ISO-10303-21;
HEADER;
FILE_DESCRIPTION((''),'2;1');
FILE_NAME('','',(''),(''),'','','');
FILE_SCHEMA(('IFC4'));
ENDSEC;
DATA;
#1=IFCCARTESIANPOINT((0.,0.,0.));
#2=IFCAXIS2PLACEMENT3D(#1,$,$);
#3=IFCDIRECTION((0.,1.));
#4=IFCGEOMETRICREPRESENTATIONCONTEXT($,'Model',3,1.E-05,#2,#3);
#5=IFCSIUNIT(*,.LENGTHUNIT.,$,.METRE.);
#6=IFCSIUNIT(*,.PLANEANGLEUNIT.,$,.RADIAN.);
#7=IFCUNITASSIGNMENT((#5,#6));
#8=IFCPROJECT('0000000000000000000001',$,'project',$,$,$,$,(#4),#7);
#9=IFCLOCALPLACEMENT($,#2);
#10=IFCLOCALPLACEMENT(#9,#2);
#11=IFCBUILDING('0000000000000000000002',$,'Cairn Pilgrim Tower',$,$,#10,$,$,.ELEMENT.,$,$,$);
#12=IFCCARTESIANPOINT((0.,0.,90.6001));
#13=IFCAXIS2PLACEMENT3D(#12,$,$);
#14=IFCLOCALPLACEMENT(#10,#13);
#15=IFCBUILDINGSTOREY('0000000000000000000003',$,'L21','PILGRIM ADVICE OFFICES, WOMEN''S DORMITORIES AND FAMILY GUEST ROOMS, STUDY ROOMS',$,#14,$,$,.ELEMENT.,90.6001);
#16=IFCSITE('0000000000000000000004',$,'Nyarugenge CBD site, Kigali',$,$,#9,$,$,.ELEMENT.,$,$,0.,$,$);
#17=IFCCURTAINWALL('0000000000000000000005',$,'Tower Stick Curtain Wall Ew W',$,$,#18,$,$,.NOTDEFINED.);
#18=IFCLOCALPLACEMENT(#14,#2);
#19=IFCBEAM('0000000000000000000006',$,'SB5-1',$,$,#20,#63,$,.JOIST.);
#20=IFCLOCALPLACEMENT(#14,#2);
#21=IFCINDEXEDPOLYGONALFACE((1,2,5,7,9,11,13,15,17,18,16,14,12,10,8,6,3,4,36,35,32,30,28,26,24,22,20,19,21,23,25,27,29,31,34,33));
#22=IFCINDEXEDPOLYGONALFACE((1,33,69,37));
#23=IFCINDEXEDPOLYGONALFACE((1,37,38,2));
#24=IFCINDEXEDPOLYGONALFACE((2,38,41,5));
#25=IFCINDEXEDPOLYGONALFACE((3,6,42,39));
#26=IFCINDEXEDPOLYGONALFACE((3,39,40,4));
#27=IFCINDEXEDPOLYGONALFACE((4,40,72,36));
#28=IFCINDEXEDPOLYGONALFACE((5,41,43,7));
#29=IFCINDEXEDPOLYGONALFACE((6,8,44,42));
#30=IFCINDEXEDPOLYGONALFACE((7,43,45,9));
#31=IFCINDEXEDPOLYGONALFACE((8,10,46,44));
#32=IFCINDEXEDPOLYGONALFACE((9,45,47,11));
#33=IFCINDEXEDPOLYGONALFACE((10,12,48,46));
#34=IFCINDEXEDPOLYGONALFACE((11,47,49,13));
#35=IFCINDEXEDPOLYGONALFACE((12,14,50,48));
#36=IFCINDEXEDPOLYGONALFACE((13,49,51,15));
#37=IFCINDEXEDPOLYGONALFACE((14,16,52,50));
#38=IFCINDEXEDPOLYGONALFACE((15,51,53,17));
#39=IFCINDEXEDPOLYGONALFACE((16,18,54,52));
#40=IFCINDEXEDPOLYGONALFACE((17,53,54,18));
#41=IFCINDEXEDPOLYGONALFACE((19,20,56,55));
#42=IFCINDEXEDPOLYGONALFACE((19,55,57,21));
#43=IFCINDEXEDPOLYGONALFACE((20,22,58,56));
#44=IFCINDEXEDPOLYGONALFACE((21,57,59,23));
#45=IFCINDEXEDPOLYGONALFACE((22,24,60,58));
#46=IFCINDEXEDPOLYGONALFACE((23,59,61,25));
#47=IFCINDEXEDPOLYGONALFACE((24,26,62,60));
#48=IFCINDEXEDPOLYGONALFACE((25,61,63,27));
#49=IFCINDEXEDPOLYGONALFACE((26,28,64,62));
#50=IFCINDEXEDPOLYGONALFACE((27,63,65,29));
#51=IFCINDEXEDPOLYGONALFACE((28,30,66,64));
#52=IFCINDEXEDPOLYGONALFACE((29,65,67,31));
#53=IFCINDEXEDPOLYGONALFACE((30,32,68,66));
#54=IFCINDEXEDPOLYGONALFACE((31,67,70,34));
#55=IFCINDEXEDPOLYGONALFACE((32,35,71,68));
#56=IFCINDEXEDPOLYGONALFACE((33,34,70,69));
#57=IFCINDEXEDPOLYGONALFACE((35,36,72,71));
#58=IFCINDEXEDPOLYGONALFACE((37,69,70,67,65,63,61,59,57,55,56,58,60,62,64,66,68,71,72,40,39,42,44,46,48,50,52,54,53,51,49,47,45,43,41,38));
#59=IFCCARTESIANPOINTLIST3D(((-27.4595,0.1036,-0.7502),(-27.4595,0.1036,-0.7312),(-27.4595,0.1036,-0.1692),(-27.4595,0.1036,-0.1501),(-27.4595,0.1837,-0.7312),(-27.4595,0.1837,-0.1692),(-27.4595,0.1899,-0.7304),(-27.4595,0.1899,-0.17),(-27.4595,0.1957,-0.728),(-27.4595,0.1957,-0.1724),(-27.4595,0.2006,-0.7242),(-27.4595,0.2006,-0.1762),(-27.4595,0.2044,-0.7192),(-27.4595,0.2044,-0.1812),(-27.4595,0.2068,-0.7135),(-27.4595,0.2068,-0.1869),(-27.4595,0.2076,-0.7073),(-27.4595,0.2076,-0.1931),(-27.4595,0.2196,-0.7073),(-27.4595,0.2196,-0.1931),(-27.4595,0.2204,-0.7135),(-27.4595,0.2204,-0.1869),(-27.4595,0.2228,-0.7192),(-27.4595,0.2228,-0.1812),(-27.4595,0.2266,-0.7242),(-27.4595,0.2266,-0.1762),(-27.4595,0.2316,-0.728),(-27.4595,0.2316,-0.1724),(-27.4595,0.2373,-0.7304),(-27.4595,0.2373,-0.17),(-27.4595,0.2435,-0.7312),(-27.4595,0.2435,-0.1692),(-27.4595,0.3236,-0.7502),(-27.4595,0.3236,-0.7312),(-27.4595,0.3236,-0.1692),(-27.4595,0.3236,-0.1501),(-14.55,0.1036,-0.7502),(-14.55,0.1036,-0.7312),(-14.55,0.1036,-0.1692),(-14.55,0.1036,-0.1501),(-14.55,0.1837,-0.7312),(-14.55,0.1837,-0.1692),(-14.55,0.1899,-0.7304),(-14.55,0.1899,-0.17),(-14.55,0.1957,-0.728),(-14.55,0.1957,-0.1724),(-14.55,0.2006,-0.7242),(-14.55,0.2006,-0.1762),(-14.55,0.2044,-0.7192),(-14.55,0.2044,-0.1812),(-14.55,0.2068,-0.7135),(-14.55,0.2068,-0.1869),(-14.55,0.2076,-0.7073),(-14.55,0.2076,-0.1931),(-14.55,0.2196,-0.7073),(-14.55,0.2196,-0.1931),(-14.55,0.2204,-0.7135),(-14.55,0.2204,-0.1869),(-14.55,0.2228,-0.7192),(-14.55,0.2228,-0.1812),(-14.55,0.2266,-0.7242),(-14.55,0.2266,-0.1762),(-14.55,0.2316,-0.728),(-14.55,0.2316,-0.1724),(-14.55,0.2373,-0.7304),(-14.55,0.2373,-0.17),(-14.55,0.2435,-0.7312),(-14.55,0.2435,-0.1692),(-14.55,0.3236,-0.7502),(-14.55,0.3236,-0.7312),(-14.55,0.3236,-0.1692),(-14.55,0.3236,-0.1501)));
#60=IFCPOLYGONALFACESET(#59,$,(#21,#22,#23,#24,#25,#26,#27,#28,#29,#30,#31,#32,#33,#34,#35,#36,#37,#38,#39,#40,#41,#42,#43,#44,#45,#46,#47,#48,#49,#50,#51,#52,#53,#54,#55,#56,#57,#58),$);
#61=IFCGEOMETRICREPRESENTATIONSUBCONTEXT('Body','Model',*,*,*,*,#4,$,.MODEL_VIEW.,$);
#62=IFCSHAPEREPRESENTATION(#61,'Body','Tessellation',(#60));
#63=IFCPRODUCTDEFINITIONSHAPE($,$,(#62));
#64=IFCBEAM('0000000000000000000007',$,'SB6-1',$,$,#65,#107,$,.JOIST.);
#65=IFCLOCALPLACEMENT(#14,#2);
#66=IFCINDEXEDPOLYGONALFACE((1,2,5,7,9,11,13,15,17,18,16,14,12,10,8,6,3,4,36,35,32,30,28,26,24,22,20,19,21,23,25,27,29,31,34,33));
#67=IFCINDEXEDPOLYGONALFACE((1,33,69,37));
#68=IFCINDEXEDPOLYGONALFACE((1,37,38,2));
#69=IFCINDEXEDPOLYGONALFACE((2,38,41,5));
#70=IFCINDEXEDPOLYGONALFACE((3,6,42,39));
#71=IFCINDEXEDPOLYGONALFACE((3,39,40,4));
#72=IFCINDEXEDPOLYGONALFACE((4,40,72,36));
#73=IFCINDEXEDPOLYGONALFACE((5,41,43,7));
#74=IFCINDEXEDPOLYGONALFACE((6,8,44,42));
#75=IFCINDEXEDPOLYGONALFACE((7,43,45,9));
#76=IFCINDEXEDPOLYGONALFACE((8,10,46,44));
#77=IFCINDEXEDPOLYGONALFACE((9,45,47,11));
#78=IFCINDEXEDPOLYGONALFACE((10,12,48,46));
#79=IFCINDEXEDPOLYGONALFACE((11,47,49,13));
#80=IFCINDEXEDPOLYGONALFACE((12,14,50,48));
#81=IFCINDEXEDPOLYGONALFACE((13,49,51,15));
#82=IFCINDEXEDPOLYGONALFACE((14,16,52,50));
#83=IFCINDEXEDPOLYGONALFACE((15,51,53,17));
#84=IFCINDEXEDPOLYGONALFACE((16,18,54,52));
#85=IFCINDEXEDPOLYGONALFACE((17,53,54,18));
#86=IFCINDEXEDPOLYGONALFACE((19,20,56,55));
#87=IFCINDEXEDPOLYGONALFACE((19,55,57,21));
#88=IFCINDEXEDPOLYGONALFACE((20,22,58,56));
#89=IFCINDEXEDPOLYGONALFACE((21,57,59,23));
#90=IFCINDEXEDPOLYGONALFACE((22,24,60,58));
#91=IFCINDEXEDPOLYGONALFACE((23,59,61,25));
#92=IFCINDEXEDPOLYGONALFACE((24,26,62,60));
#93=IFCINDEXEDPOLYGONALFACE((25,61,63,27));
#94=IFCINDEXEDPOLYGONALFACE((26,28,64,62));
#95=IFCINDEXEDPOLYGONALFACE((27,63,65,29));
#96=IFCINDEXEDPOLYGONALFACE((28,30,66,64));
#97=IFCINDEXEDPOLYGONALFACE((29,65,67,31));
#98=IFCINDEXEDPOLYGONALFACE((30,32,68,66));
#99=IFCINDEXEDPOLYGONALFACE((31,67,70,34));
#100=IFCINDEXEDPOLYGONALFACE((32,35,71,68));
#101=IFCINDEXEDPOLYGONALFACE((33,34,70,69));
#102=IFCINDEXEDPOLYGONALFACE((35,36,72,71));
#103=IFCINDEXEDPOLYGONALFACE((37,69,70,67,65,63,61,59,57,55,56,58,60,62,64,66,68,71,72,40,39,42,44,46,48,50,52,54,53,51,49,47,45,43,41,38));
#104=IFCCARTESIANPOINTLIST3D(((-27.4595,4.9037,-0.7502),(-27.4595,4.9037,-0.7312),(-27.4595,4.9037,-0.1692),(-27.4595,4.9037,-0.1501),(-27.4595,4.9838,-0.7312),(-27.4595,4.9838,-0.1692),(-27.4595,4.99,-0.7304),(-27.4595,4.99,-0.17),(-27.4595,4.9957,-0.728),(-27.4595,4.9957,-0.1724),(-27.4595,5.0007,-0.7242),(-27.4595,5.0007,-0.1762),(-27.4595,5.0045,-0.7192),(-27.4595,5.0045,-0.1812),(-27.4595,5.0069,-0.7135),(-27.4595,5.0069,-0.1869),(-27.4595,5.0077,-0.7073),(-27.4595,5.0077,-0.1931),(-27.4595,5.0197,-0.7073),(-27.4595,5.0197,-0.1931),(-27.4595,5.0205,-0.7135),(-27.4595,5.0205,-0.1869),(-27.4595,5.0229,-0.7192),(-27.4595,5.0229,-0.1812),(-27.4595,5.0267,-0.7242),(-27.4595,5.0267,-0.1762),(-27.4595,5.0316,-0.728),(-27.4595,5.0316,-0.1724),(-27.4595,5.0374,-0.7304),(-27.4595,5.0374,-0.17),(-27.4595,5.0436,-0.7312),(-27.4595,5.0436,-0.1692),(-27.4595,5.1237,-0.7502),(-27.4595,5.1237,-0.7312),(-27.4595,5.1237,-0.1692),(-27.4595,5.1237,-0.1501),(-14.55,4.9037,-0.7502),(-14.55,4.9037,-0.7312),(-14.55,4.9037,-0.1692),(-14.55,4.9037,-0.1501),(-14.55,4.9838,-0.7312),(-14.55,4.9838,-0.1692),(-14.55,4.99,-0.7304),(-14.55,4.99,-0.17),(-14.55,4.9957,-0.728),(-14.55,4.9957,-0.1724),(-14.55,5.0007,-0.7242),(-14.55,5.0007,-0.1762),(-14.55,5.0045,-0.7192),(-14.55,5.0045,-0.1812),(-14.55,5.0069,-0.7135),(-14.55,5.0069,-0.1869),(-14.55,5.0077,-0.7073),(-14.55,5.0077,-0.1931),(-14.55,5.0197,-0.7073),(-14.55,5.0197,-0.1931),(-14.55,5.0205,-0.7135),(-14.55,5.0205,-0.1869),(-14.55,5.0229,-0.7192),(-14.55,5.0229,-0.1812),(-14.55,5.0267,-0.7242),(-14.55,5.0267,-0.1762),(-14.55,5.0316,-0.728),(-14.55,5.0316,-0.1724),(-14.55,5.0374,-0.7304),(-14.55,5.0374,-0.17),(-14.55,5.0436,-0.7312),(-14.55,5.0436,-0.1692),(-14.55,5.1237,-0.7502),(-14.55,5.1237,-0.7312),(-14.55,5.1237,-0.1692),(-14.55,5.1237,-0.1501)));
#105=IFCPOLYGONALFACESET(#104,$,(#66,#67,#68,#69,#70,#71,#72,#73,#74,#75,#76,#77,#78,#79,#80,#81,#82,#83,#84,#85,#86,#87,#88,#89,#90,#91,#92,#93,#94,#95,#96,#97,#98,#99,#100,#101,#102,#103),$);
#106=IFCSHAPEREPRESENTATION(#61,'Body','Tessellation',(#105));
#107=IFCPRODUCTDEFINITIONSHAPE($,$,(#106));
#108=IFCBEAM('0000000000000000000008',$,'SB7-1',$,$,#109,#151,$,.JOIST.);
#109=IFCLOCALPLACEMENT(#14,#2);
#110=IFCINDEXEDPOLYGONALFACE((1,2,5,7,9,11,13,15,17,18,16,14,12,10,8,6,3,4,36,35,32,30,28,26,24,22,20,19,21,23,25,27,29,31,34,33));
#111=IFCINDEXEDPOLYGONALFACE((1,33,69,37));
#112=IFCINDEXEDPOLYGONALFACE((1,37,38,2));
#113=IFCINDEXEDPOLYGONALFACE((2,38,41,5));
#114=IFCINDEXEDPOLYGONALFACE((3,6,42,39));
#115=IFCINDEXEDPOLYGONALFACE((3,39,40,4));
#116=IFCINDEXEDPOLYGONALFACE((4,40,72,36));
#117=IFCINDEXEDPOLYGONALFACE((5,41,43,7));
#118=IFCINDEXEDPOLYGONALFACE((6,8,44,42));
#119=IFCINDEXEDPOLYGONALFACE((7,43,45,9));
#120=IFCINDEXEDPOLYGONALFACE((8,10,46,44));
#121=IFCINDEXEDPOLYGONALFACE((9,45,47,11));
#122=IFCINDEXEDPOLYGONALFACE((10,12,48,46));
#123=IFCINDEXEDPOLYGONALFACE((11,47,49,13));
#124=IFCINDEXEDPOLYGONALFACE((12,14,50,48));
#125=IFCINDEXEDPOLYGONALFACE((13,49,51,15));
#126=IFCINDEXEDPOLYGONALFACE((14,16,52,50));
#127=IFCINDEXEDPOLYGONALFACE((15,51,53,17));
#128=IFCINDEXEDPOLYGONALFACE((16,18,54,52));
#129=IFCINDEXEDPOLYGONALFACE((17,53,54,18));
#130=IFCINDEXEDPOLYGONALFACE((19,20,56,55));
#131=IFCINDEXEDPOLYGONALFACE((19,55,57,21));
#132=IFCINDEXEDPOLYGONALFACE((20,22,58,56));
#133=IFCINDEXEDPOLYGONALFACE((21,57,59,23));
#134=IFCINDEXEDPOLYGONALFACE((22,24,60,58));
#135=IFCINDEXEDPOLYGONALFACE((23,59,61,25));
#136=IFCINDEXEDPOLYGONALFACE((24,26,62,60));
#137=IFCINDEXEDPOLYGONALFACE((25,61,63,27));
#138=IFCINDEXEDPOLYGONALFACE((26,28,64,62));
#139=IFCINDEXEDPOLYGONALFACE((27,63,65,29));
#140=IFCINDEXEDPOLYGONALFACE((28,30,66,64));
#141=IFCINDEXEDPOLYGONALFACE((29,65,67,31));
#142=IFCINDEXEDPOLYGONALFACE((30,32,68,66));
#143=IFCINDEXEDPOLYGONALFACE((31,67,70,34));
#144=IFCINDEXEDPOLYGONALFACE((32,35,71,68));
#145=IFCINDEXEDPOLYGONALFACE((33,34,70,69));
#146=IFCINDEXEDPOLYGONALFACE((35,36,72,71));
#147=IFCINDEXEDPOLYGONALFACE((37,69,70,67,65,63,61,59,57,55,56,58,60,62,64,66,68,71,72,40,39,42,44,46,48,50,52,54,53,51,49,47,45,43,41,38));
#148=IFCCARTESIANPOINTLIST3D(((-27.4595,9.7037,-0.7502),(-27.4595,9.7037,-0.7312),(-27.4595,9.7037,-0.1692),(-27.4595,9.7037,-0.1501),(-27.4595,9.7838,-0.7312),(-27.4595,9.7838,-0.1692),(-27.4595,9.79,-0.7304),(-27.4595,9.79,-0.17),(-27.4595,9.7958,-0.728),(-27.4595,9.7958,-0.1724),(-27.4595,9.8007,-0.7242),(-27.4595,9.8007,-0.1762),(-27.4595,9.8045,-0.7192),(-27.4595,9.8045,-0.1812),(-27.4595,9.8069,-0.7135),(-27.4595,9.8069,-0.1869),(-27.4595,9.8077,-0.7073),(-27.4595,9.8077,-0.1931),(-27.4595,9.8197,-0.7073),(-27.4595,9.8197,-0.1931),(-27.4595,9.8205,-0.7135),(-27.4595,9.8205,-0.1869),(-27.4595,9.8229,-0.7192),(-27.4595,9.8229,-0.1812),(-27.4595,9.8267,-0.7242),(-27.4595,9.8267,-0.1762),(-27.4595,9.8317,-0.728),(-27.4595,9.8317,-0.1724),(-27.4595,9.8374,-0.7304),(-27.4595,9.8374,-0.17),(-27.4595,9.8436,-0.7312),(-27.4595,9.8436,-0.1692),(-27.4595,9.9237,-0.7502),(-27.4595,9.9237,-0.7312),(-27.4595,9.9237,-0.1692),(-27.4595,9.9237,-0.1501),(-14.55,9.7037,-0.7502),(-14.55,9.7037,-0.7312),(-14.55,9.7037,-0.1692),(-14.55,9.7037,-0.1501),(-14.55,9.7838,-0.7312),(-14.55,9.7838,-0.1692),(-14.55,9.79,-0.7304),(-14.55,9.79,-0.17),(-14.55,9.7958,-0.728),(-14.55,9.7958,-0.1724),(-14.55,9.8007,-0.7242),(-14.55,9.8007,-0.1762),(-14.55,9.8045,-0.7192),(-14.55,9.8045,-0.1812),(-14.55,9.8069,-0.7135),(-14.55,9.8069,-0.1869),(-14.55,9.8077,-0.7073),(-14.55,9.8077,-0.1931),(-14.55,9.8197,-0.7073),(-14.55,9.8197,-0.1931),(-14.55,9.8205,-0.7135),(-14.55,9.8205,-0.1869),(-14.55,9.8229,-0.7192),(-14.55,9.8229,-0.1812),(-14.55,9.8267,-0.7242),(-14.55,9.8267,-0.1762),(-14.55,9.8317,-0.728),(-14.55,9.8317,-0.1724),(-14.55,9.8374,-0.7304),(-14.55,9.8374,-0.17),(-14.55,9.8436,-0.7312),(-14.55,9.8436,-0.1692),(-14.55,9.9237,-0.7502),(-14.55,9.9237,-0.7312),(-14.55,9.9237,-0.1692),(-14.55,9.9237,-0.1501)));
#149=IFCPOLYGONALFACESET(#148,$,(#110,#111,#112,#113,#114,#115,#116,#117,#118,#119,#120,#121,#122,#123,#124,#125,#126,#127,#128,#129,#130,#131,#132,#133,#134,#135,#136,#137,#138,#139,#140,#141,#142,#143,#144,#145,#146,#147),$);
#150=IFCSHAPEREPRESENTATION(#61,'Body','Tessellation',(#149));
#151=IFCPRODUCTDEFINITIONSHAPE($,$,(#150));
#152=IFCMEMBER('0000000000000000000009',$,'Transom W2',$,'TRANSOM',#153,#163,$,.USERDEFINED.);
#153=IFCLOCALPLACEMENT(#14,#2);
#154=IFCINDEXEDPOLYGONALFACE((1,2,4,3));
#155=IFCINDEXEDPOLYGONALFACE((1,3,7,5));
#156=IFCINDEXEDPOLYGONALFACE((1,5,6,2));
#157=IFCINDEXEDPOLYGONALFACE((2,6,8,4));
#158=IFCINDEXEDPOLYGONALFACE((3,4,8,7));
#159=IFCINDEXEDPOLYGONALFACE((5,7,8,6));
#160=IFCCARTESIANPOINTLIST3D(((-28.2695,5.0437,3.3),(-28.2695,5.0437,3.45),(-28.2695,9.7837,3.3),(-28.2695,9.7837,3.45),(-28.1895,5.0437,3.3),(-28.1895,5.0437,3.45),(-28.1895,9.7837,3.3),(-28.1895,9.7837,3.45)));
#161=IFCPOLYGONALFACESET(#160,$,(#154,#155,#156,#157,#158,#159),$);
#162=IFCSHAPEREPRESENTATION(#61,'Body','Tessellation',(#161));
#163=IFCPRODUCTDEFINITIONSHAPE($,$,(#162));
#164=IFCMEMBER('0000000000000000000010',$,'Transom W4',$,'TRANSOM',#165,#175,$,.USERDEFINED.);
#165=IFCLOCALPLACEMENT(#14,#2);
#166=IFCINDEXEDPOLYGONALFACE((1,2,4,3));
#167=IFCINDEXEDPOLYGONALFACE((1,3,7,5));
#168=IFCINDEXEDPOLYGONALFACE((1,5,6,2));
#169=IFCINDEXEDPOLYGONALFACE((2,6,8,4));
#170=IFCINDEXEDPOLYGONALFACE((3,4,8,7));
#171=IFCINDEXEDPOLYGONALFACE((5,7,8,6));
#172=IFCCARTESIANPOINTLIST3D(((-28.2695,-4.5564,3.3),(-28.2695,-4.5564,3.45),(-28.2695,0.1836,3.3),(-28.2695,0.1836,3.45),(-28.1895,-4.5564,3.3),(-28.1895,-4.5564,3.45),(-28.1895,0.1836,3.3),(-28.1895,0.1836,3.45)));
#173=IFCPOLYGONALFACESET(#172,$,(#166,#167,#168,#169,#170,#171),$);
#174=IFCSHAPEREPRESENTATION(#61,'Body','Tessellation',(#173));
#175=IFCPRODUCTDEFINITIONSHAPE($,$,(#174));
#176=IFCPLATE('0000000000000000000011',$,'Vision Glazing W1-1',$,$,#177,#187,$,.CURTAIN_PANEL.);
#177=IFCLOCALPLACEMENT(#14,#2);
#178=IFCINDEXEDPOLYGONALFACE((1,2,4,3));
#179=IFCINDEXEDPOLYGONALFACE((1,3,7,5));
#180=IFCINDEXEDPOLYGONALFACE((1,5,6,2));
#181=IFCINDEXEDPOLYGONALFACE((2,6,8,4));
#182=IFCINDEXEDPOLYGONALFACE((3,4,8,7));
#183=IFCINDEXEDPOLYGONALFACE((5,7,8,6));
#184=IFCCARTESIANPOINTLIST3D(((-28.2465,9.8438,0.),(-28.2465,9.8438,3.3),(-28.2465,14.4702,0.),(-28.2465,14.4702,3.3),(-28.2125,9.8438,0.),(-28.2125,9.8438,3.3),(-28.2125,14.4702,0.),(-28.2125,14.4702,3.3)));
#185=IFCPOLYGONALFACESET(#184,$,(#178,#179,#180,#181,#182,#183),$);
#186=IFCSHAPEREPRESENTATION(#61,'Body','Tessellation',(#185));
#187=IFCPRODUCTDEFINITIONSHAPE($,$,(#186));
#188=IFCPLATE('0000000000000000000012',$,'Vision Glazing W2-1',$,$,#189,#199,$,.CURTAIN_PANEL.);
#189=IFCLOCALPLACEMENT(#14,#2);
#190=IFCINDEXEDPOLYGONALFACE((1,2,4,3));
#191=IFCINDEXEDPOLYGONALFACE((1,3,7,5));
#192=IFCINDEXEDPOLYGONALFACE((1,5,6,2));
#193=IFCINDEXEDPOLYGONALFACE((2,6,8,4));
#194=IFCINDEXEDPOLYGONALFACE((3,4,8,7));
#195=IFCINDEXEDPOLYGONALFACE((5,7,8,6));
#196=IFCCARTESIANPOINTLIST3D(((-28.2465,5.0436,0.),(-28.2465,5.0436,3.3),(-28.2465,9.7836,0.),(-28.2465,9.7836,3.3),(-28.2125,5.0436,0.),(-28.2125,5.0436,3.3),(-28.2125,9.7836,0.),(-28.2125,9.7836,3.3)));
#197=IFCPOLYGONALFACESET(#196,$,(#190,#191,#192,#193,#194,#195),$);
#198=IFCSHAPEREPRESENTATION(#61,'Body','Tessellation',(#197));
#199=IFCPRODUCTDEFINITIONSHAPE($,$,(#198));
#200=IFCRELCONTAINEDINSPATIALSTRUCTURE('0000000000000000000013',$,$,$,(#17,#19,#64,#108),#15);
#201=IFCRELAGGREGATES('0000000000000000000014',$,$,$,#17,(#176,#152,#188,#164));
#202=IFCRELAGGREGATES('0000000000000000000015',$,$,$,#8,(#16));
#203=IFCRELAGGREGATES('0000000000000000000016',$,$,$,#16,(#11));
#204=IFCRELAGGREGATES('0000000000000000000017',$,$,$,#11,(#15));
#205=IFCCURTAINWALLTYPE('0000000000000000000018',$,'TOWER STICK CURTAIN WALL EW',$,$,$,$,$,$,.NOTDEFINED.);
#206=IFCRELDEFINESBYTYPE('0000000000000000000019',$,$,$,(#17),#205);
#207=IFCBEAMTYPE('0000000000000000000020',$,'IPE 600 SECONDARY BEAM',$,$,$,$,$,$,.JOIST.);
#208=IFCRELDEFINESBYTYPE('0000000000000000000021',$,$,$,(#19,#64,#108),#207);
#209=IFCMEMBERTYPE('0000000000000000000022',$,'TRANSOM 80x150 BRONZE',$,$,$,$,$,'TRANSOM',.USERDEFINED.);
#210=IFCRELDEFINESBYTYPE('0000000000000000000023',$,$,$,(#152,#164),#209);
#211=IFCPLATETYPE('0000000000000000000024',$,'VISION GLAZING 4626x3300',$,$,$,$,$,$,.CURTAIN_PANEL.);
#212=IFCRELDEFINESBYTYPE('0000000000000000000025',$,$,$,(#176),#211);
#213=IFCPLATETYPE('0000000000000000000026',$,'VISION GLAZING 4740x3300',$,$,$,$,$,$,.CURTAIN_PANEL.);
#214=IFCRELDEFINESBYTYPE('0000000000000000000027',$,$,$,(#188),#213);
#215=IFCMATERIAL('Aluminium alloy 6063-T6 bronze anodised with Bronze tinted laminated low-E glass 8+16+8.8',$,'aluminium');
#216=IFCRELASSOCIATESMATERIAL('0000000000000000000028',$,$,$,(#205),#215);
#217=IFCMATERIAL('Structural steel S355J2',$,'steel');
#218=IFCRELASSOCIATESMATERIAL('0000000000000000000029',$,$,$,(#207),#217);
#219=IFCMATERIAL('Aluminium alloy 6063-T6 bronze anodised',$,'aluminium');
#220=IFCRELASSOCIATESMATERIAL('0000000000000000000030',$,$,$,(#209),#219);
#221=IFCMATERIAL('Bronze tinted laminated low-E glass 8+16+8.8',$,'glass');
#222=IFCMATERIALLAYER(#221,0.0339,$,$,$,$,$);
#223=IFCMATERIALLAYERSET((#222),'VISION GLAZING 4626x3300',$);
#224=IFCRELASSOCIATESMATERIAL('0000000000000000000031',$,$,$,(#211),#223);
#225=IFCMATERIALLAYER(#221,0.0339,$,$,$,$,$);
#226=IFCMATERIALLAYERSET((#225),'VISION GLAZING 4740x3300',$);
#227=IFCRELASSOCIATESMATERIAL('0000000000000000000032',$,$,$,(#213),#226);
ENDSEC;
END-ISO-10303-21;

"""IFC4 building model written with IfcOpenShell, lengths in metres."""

from ifc_helpers import new_model, si_unit, direction, frame, origin, origin_2d, place, context, subcontext, project, spatial, rectangle, i_section, extrude, material, layer, layer_set, material_profile, profile_set, type_object, element, aggregate, save


model = new_model("IFC4")

# Units and contexts
model_context = context("Model", 3, precision=1e-05, world=origin(), true_north=direction((0.0, 1.0)))
body_context = subcontext(model_context, "Body", "Model", "MODEL_VIEW")
ifc_project = project(units=[si_unit("LENGTHUNIT", "METRE"), si_unit("PLANEANGLEUNIT", "RADIAN")], contexts=[model_context])

# Site, building, storey
site_placement = place(None, origin())
site = spatial("IfcSite", under=ifc_project, at=site_placement, Name="Nyarugenge CBD site, Kigali", CompositionType="ELEMENT", RefElevation=0.0)
building_placement = place(site_placement, origin())
building = spatial("IfcBuilding", under=site, at=building_placement, Name="Cairn Pilgrim Tower", CompositionType="ELEMENT")
storey_placement = place(building_placement, frame((0.0, 0.0, 90.6001)))
storey = spatial("IfcBuildingStorey", under=building, at=storey_placement, Name="L21", Description="PILGRIM ADVICE OFFICES, WOMEN'S DORMITORIES AND FAMILY GUEST ROOMS, STUDY ROOMS", CompositionType="ELEMENT", Elevation=90.6001)

# Curtain wall
ifc_material_1 = material(Name="Aluminium alloy 6063-T6 bronze anodised with Bronze tinted laminated low-E glass 8+16+8.8", Category="aluminium")
curtain_wall_type = type_object("IfcCurtainWallType", Name="TOWER STICK CURTAIN WALL EW", PredefinedType="NOTDEFINED", material=ifc_material_1)
curtain_wall_placement = place(storey_placement, origin())
curtain_wall = element("IfcCurtainWall", 1, at=curtain_wall_placement, inside=storey, type_object=curtain_wall_type, Name="Tower Stick Curtain Wall Ew W", PredefinedType="NOTDEFINED")
ifc_material_2 = material(Name="Aluminium alloy 6063-T6 bronze anodised", Category="aluminium")

# Beams
ifc_material_3 = material(Name="Structural steel S355J2", Category="steel")
ifc_material_profile_1 = material_profile(ifc_material_3, i_section(OverallWidth=0.22, OverallDepth=0.6001, WebThickness=0.012, FlangeThickness=0.019, FilletRadius=0.0239, at=origin_2d()), Name="IPE 600")
ifc_profile_set_1 = profile_set([ifc_material_profile_1], Name="Structural steel S355J2")
beam_type_1 = type_object("IfcBeamType", Name="IPE 600 SECONDARY BEAM", PredefinedType="JOIST", material=ifc_profile_set_1)
for number, where, z_axis, x_axis, name in (
    (2, (-27.4595, 0.2136, -0.4502), (1.0, 0.0, 0.0), (0.0, 1.0, 0.0), "SB5-1"),
    (3, (-27.4595, 5.0137, -0.4502), (1.0, 0.0, 0.0), (0.0, 1.0, 0.0), "SB6-1"),
    (4, (-27.4595, 9.8137, -0.4502), (1.0, 0.0, 0.0), (0.0, 1.0, 0.0), "SB7-1"),
):
    element("IfcBeam", number, at=place(storey_placement, frame(where, z_axis=z_axis, x_axis=x_axis)), inside=storey, type_object=beam_type_1, Name=name, PredefinedType="JOIST", context=body_context, shape_type="SweptSolid", body=[
        extrude(i_section(OverallWidth=0.22, OverallDepth=0.6001, WebThickness=0.012, FlangeThickness=0.019, FilletRadius=0.0239, at=origin_2d()), origin(), (0.0, 0.0, 1.0), 12.9094),
    ])

# Members
ifc_material_profile_2 = material_profile(ifc_material_2, rectangle(XDim=0.0801, YDim=0.1499, at=origin_2d()), Name="TRANSOM 80x150 BRONZE")
ifc_profile_set_2 = profile_set([ifc_material_profile_2], Name="Aluminium alloy 6063-T6 bronze anodised")
member_type_1 = type_object("IfcMemberType", Name="TRANSOM 80x150 BRONZE", ElementType="TRANSOM", PredefinedType="USERDEFINED", material=ifc_profile_set_2)
member_1_placement = place(storey_placement, frame((-28.2295, 9.7837, 3.375), z_axis=(0.0, -1.0, 0.0), x_axis=(1.0, 0.0, 0.0)))
member_1 = element("IfcMember", 5, at=member_1_placement, type_object=member_type_1, Name="Transom W2", ObjectType="TRANSOM", PredefinedType="USERDEFINED", context=body_context, shape_type="SweptSolid", body=[
    extrude(rectangle(XDim=0.0801, YDim=0.1499, at=origin_2d()), origin(), (0.0, 0.0, 1.0), 4.74),
])
member_2_placement = place(storey_placement, frame((-28.2295, 0.1836, 3.375), z_axis=(0.0, -1.0, 0.0), x_axis=(1.0, 0.0, 0.0)))
member_2 = element("IfcMember", 6, at=member_2_placement, type_object=member_type_1, Name="Transom W4", ObjectType="TRANSOM", PredefinedType="USERDEFINED", context=body_context, shape_type="SweptSolid", body=[
    extrude(rectangle(XDim=0.0801, YDim=0.1499, at=origin_2d()), origin(), (0.0, 0.0, 1.0), 4.74),
])

# Plates
ifc_material_4 = material(Name="Bronze tinted laminated low-E glass 8+16+8.8", Category="glass")
ifc_layer_1 = layer(ifc_material_4, 0.0339)
ifc_layer_set_1 = layer_set([ifc_layer_1], Name="VISION GLAZING 4626x3300")
plate_type_1 = type_object("IfcPlateType", Name="VISION GLAZING 4626x3300", PredefinedType="CURTAIN_PANEL", material=ifc_layer_set_1)
plate_1_placement = place(storey_placement, frame((-28.2295, 12.157, 0.0), z_axis=(0.0, 0.0, 1.0), x_axis=(0.0, -1.0, 0.0)))
plate_1 = element("IfcPlate", 7, at=plate_1_placement, type_object=plate_type_1, Name="Vision Glazing W1-1", PredefinedType="CURTAIN_PANEL", context=body_context, shape_type="SweptSolid", body=[
    extrude(rectangle(XDim=4.6265, YDim=0.0339, at=origin_2d()), origin(), (0.0, 0.0, 1.0), 3.3),
])
ifc_layer_2 = layer(ifc_material_4, 0.0339)
ifc_layer_set_2 = layer_set([ifc_layer_2], Name="VISION GLAZING 4740x3300")
plate_type_2 = type_object("IfcPlateType", Name="VISION GLAZING 4740x3300", PredefinedType="CURTAIN_PANEL", material=ifc_layer_set_2)
plate_2_placement = place(storey_placement, frame((-28.2295, 7.4136, 0.0), z_axis=(0.0, 0.0, 1.0), x_axis=(0.0, -1.0, 0.0)))
plate_2 = element("IfcPlate", 8, at=plate_2_placement, type_object=plate_type_2, Name="Vision Glazing W2-1", PredefinedType="CURTAIN_PANEL", context=body_context, shape_type="SweptSolid", body=[
    extrude(rectangle(XDim=4.74, YDim=0.0339, at=origin_2d()), origin(), (0.0, 0.0, 1.0), 3.3),
])
aggregate(curtain_wall, [plate_1, member_1, plate_2, member_2])

save(model, "model.ifc")
